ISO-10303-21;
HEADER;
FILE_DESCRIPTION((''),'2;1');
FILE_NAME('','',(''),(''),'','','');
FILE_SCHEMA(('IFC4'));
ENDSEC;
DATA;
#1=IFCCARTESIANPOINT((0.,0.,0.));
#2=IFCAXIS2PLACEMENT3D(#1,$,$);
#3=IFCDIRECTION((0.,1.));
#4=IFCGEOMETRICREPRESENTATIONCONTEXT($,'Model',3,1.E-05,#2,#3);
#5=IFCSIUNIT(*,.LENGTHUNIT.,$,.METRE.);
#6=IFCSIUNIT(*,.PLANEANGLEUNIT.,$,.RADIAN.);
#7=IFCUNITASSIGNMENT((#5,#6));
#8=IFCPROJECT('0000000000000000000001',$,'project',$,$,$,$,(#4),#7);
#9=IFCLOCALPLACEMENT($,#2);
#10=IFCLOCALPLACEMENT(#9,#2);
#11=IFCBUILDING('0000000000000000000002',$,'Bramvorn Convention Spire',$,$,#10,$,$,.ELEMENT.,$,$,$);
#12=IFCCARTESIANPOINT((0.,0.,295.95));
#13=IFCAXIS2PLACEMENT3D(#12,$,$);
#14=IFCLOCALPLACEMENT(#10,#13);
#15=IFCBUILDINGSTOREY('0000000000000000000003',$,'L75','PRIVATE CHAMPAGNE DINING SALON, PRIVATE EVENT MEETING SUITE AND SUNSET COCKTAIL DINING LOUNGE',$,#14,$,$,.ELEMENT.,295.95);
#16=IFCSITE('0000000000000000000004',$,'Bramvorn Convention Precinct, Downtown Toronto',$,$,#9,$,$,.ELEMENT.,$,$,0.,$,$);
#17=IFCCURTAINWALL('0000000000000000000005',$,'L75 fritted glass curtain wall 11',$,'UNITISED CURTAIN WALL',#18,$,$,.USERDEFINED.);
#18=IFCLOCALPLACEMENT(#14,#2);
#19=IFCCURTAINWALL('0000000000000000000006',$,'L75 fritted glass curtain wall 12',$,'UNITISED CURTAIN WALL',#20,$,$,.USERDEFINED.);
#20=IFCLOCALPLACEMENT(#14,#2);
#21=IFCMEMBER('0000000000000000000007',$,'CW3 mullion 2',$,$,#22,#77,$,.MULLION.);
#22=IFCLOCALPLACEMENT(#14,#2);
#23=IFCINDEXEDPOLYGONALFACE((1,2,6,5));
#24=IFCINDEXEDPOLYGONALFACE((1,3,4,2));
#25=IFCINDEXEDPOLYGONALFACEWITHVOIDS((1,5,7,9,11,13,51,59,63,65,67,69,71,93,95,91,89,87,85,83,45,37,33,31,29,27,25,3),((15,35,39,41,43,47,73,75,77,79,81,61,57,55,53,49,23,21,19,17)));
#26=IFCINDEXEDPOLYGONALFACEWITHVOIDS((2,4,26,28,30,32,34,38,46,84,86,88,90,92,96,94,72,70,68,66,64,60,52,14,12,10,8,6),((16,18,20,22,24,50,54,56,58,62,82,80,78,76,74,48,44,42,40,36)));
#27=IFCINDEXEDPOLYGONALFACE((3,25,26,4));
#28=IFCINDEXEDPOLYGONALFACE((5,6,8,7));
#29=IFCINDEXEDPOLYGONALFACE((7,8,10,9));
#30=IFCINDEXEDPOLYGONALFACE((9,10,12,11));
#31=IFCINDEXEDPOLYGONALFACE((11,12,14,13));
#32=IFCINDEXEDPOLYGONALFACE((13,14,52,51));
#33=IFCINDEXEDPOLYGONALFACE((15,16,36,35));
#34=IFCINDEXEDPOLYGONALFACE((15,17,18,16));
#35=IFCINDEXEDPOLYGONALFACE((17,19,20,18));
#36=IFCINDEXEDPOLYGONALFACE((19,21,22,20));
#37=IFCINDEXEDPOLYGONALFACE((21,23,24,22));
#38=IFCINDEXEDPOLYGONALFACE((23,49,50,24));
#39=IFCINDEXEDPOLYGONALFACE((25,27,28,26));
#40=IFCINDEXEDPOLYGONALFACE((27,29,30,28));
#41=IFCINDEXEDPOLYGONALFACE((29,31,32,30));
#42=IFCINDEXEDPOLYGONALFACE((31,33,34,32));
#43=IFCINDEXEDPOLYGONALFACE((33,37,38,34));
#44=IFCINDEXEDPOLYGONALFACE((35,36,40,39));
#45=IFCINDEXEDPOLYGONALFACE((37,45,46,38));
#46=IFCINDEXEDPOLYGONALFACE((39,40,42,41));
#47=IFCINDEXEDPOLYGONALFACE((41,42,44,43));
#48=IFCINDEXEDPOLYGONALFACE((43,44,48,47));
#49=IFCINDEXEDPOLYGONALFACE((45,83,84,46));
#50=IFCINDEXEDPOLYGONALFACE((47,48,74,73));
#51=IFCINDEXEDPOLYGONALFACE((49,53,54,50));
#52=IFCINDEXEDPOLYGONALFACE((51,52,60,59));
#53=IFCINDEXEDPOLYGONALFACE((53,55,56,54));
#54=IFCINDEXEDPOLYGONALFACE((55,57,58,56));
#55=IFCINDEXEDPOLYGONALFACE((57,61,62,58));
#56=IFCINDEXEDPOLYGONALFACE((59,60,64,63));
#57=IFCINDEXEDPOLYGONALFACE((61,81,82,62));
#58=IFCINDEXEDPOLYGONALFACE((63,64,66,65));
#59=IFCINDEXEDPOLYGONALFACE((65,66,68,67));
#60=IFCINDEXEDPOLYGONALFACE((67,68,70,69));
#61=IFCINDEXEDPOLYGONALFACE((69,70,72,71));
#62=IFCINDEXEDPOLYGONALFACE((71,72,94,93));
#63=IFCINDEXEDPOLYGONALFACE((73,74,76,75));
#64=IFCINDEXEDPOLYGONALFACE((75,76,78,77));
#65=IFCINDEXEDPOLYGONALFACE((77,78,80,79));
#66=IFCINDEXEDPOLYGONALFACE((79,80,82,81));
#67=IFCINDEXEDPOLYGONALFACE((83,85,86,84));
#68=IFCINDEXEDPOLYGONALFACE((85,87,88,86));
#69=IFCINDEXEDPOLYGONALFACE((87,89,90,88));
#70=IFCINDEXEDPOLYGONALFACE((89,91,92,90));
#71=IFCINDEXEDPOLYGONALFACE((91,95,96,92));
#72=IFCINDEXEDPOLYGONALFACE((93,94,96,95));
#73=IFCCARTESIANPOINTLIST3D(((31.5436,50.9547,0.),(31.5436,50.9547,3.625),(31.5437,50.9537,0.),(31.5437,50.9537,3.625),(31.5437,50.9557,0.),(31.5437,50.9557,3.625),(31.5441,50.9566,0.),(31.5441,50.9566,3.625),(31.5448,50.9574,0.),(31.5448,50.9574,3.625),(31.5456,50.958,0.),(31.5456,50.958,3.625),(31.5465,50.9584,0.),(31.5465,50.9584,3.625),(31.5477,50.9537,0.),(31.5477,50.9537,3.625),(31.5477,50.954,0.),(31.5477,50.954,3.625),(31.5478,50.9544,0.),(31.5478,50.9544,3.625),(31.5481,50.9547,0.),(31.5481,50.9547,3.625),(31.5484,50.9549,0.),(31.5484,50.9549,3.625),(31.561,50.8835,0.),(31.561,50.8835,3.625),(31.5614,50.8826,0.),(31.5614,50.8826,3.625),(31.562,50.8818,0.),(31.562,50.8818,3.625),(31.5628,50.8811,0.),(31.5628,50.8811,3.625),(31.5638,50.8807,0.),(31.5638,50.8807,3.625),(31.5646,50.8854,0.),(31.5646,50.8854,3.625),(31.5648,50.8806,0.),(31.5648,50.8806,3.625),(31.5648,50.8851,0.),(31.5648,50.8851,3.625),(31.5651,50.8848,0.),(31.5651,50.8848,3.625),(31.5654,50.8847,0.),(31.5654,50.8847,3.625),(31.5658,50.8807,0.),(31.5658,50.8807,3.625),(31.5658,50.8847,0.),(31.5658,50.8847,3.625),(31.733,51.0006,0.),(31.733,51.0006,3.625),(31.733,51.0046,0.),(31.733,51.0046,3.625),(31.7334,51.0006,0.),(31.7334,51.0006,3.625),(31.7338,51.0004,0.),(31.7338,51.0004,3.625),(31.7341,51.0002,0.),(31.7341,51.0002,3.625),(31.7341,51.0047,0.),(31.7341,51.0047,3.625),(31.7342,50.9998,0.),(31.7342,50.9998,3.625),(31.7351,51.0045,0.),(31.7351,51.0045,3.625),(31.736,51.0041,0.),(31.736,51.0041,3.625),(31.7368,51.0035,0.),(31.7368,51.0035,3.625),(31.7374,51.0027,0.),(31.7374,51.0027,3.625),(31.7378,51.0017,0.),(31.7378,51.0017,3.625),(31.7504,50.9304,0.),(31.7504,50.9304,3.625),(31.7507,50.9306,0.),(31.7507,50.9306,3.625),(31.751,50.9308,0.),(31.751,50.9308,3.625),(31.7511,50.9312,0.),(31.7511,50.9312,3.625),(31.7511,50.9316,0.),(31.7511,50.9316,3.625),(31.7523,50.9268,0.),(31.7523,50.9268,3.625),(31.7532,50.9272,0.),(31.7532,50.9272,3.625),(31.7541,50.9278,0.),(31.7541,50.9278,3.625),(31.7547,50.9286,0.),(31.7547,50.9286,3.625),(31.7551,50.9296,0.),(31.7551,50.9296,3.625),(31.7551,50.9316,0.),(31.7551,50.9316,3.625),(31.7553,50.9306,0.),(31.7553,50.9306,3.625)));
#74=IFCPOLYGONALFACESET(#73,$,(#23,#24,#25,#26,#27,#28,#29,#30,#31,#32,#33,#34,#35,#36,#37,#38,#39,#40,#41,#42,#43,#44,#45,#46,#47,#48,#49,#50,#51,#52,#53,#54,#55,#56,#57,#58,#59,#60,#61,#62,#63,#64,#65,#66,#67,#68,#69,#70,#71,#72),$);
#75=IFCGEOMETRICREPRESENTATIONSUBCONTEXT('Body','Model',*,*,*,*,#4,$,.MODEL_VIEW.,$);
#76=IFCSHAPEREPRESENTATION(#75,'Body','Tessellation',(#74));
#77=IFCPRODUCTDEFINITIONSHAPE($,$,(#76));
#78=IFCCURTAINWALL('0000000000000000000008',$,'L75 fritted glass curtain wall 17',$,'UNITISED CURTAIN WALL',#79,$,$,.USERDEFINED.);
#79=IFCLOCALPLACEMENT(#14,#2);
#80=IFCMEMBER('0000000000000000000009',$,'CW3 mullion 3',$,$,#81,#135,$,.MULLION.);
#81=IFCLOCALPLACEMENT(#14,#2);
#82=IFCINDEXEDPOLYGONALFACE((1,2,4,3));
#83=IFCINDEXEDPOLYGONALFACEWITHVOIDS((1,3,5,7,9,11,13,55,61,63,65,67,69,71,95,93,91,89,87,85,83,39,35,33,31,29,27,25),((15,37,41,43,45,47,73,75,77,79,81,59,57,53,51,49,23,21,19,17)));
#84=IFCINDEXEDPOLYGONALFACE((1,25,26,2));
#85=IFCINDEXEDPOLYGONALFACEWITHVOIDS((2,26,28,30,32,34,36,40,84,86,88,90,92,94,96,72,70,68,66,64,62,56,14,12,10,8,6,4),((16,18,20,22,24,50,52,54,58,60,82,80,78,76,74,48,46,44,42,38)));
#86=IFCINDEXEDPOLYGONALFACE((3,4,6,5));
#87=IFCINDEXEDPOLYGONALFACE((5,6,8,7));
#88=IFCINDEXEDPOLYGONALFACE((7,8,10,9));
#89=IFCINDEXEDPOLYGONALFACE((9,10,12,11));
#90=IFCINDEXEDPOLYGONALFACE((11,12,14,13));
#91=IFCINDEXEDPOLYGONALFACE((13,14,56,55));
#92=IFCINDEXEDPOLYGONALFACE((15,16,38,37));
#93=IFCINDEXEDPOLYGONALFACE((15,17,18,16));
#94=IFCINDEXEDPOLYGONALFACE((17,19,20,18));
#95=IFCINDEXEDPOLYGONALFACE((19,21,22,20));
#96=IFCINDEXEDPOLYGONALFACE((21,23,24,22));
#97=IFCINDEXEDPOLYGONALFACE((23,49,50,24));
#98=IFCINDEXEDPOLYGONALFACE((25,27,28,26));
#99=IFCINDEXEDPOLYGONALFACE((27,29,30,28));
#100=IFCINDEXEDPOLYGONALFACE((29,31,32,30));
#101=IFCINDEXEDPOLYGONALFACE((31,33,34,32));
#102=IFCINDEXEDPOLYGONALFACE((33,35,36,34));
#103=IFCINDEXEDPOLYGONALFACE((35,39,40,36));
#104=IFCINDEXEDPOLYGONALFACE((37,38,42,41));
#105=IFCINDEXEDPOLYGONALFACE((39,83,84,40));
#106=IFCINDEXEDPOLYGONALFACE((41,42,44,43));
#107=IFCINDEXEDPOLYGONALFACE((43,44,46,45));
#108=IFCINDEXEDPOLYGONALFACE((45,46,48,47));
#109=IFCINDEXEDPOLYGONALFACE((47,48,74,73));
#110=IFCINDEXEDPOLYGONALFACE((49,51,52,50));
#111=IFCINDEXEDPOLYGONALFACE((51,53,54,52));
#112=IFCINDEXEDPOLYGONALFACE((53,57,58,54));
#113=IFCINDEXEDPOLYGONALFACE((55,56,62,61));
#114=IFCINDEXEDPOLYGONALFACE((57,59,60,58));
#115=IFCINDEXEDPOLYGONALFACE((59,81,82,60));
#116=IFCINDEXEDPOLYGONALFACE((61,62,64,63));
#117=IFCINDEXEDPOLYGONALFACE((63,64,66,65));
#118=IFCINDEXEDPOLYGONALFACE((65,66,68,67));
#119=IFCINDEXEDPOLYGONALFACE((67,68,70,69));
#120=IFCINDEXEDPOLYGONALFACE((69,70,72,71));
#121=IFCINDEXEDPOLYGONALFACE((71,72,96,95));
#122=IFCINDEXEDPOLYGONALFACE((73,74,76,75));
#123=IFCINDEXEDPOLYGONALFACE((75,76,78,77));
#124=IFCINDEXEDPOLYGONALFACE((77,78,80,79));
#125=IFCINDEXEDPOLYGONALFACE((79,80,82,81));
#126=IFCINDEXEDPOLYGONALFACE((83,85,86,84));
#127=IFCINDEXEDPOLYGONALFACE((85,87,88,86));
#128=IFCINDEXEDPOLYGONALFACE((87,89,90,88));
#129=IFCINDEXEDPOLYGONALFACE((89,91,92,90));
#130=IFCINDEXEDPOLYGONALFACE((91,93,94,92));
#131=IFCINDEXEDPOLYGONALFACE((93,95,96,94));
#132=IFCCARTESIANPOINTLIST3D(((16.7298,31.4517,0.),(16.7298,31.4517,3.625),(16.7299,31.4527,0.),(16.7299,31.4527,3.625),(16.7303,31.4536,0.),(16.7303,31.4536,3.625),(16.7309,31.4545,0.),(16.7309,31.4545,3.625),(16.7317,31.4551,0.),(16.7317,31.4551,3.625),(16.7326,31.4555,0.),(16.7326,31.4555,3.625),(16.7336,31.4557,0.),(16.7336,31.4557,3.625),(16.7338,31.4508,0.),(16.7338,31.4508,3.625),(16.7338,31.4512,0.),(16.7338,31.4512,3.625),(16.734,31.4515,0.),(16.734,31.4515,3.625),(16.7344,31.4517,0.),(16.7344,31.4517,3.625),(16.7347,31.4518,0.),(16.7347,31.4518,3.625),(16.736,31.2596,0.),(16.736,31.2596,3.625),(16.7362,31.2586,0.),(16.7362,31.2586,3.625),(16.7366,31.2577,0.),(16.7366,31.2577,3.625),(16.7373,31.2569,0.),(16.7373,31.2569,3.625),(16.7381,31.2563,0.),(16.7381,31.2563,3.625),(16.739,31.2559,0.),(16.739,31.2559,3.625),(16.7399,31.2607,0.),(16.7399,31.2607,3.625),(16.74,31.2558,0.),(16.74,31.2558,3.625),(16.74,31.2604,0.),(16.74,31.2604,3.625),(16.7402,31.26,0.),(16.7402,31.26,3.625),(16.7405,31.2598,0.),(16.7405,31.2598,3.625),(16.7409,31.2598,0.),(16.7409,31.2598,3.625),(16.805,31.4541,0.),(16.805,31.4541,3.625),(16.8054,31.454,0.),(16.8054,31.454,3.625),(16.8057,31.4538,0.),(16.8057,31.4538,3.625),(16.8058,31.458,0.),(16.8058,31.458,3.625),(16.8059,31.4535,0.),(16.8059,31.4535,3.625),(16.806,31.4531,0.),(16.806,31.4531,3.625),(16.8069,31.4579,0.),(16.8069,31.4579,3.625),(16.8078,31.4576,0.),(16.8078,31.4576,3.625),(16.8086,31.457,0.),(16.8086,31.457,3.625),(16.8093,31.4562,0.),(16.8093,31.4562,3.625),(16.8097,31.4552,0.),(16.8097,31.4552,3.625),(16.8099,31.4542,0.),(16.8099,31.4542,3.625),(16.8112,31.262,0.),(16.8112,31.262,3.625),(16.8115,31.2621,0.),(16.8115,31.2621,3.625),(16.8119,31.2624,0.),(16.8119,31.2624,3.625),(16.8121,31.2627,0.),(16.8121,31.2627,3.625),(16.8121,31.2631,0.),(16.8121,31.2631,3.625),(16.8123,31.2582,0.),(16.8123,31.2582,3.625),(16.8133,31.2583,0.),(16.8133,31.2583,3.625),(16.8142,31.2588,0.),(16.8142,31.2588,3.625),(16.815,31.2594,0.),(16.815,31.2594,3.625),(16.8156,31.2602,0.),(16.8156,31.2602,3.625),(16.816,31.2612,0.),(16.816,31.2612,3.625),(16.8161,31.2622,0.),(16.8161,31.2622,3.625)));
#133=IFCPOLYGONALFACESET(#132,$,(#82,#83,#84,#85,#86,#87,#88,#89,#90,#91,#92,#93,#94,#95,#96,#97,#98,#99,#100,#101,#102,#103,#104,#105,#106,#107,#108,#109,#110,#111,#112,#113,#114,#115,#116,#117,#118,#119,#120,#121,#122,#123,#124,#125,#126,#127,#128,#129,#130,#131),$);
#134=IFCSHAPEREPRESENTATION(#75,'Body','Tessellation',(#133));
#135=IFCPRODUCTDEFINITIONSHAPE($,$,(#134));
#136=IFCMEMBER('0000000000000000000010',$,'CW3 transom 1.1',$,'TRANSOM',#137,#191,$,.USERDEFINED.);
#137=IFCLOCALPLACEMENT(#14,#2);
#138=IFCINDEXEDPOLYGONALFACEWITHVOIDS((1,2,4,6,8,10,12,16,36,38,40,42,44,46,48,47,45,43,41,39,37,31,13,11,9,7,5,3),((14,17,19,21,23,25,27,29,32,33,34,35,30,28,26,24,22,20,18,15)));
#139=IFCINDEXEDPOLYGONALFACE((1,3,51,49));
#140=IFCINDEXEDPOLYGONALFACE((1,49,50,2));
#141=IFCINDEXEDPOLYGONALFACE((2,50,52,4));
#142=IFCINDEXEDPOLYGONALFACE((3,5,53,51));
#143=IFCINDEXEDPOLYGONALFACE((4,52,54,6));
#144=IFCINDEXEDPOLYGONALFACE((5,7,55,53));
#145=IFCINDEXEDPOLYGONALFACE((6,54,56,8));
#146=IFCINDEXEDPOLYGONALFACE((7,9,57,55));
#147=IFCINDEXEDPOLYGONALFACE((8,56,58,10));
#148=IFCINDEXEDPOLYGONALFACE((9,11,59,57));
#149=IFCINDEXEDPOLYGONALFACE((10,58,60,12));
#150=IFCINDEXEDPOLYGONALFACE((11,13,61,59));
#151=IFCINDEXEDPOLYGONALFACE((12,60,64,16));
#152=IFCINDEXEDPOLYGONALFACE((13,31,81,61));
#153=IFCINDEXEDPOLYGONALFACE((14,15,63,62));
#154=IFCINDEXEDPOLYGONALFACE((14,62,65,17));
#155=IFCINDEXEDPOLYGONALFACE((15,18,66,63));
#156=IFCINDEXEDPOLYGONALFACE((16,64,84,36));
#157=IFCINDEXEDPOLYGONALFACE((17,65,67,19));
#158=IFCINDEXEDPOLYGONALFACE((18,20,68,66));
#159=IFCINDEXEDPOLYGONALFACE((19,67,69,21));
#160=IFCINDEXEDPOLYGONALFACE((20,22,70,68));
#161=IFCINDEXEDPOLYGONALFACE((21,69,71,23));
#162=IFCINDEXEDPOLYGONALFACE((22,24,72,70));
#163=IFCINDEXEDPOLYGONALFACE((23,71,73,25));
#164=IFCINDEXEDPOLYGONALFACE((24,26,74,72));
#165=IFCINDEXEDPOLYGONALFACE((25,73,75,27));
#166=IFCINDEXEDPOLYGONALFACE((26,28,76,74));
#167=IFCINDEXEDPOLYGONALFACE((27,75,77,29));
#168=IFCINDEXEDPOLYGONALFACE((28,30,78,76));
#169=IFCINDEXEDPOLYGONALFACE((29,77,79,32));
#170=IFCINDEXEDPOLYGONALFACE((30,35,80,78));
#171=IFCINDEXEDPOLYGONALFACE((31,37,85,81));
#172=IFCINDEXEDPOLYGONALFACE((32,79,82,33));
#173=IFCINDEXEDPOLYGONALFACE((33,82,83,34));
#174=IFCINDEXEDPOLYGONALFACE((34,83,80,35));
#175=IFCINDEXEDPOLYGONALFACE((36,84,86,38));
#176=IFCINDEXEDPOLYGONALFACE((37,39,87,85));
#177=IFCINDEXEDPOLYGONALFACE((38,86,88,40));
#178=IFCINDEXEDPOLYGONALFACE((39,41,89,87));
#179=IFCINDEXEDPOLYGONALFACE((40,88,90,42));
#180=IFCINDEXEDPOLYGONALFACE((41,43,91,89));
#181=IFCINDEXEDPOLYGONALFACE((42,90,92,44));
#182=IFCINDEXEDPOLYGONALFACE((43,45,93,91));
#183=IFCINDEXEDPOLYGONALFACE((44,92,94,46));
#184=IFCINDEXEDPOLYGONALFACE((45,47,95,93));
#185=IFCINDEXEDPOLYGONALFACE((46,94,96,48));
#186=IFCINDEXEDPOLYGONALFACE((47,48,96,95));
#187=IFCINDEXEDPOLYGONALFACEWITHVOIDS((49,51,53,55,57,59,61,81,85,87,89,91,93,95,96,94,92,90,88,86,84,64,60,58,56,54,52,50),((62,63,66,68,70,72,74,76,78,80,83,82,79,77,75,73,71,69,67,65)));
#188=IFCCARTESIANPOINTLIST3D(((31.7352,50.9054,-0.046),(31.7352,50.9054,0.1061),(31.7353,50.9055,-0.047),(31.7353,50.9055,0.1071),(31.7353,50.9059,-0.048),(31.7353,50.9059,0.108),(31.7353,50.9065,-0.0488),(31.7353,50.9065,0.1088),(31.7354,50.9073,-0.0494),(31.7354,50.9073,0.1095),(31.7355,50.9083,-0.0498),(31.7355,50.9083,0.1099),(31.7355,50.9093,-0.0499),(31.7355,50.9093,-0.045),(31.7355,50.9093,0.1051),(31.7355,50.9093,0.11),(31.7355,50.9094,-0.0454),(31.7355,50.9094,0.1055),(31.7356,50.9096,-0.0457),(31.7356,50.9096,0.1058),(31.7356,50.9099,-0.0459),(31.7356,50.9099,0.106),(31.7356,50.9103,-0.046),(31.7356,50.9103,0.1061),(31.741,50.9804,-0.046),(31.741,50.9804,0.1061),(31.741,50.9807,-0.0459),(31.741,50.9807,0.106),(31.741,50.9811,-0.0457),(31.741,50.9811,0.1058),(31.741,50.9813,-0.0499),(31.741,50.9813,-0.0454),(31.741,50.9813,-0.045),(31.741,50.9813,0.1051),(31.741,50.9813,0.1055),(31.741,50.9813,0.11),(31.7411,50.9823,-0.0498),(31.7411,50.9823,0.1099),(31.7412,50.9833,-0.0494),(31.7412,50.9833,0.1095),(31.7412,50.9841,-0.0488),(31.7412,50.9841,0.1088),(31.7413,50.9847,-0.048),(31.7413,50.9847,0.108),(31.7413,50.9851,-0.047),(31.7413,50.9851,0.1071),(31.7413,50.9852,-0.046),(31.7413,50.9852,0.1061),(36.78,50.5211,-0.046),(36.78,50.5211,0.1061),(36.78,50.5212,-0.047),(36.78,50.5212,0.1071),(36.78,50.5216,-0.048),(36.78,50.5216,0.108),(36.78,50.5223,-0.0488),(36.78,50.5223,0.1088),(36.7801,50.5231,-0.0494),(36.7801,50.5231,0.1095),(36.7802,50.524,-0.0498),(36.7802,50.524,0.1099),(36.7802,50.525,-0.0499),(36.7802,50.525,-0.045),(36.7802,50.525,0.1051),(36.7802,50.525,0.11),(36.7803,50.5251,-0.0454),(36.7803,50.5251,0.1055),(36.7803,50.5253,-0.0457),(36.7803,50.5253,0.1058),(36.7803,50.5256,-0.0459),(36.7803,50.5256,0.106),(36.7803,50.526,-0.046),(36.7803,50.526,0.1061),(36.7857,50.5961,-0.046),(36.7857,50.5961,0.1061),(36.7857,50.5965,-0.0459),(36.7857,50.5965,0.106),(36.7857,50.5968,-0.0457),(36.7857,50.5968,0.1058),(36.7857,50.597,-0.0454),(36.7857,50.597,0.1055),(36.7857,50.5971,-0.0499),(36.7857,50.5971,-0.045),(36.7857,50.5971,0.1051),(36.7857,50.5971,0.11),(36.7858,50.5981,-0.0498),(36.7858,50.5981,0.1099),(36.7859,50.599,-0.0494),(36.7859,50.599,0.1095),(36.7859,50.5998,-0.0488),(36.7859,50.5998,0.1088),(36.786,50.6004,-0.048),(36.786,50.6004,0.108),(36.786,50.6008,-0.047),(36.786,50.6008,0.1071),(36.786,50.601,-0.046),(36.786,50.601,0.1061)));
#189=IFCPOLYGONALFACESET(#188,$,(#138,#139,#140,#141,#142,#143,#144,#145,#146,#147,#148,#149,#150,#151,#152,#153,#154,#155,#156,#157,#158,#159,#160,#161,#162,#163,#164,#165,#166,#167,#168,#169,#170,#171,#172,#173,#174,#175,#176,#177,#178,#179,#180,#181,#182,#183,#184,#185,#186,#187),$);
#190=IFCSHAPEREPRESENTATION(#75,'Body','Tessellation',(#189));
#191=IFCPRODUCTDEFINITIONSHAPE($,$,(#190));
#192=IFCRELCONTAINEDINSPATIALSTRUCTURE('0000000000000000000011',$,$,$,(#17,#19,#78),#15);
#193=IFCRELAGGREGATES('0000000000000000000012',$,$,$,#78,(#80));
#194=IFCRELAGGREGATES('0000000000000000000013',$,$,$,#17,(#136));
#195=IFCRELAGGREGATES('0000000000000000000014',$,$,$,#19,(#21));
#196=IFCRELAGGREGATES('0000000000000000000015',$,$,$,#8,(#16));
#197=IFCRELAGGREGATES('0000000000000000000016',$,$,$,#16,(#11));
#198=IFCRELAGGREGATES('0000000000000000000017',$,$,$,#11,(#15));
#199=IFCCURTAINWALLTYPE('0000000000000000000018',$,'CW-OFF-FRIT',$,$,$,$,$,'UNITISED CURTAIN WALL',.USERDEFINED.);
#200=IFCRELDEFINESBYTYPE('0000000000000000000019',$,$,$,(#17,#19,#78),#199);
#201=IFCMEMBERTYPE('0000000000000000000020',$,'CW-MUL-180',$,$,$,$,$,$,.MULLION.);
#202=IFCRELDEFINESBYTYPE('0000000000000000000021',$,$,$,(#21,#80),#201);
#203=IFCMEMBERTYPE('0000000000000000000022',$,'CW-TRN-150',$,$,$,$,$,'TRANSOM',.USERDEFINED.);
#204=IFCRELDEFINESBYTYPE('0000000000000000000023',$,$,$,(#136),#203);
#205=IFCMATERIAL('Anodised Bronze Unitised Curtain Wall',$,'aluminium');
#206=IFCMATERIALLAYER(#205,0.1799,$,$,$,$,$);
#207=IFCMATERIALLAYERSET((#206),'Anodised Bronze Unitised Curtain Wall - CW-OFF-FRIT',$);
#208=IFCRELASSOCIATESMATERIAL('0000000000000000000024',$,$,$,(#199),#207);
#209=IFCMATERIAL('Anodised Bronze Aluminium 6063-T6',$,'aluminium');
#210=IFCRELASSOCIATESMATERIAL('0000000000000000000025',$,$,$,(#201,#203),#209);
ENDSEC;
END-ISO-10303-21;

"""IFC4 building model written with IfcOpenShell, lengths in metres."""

from ifc_helpers import new_model, si_unit, direction, frame, origin, origin_2d, place, context, subcontext, project, spatial, hollow_rectangle, extrude, material, layer, layer_set, material_profile, profile_set, type_object, element, aggregate, save


model = new_model("IFC4")

# Units and contexts
model_context = context("Model", 3, precision=1e-05, world=origin(), true_north=direction((0.0, 1.0)))
body_context = subcontext(model_context, "Body", "Model", "MODEL_VIEW")
ifc_project = project(units=[si_unit("LENGTHUNIT", "METRE"), si_unit("PLANEANGLEUNIT", "RADIAN")], contexts=[model_context])

# Site, building, storey
site_placement = place(None, origin())
site = spatial("IfcSite", under=ifc_project, at=site_placement, Name="Bramvorn Convention Precinct, Downtown Toronto", CompositionType="ELEMENT", RefElevation=0.0)
building_placement = place(site_placement, origin())
building = spatial("IfcBuilding", under=site, at=building_placement, Name="Bramvorn Convention Spire", CompositionType="ELEMENT")
storey_placement = place(building_placement, frame((0.0, 0.0, 295.95)))
storey = spatial("IfcBuildingStorey", under=building, at=storey_placement, Name="L75", Description="PRIVATE CHAMPAGNE DINING SALON, PRIVATE EVENT MEETING SUITE AND SUNSET COCKTAIL DINING LOUNGE", CompositionType="ELEMENT", Elevation=295.95)

# Curtain wall
ifc_material_1 = material(Name="Anodised Bronze Unitised Curtain Wall", Category="aluminium")
ifc_layer_1 = layer(ifc_material_1, 0.1799)
ifc_layer_set_1 = layer_set([ifc_layer_1], Name="Anodised Bronze Unitised Curtain Wall - CW-OFF-FRIT")
curtain_wall_type = type_object("IfcCurtainWallType", Name="CW-OFF-FRIT", ElementType="UNITISED CURTAIN WALL", PredefinedType="USERDEFINED", material=ifc_layer_set_1)
curtain_wall_1_placement = place(storey_placement, origin())
curtain_wall_1 = element("IfcCurtainWall", 1, at=curtain_wall_1_placement, inside=storey, type_object=curtain_wall_type, Name="L75 fritted glass curtain wall 11", ObjectType="UNITISED CURTAIN WALL", PredefinedType="USERDEFINED")
ifc_material_2 = material(Name="Anodised Bronze Aluminium 6063-T6", Category="aluminium")
ifc_material_profile_1 = material_profile(ifc_material_2, hollow_rectangle(XDim=0.0801, YDim=0.2, WallThickness=0.0039, InnerFilletRadius=0.001, OuterFilletRadius=0.0039, at=origin_2d()))
ifc_profile_set_1 = profile_set([ifc_material_profile_1], Name="Anodised Bronze Aluminium 6063-T6 - CWM80X200")
member_type_1 = type_object("IfcMemberType", Name="CW-MUL-180", PredefinedType="MULLION", material=ifc_profile_set_1)

# Curtain wall, member
curtain_wall_2_placement = place(storey_placement, origin())
curtain_wall_2 = element("IfcCurtainWall", 2, at=curtain_wall_2_placement, inside=storey, type_object=curtain_wall_type, Name="L75 fritted glass curtain wall 12", ObjectType="UNITISED CURTAIN WALL", PredefinedType="USERDEFINED")
member_1_placement = place(storey_placement, frame((31.6494, 50.9426, 0.0), z_axis=(0.0, 0.0, 1.0), x_axis=(-0.240289, 0.970701, 0.0)))
member_1 = element("IfcMember", 3, at=member_1_placement, type_object=member_type_1, Name="CW3 mullion 2", PredefinedType="MULLION", context=body_context, shape_type="SweptSolid", body=[
    extrude(hollow_rectangle(XDim=0.0801, YDim=0.2, WallThickness=0.0039, InnerFilletRadius=0.001, OuterFilletRadius=0.0039, at=origin_2d()), origin(), (0.0, 0.0, 1.0), 3.625),
])

# Curtain wall, member
curtain_wall_3_placement = place(storey_placement, origin())
curtain_wall_3 = element("IfcCurtainWall", 4, at=curtain_wall_3_placement, inside=storey, type_object=curtain_wall_type, Name="L75 fritted glass curtain wall 17", ObjectType="UNITISED CURTAIN WALL", PredefinedType="USERDEFINED")
member_2_placement = place(storey_placement, frame((16.7729, 31.3569, 0.0), z_axis=(0.0, 0.0, 1.0), x_axis=(-0.999483, -0.032147, 0.0)))
member_2 = element("IfcMember", 5, at=member_2_placement, type_object=member_type_1, Name="CW3 mullion 3", PredefinedType="MULLION", context=body_context, shape_type="SweptSolid", body=[
    extrude(hollow_rectangle(XDim=0.0801, YDim=0.2, WallThickness=0.0039, InnerFilletRadius=0.001, OuterFilletRadius=0.0039, at=origin_2d()), origin(), (0.0, 0.0, 1.0), 3.625),
])
aggregate(curtain_wall_3, [member_2])

# Member
ifc_material_profile_2 = material_profile(ifc_material_2, hollow_rectangle(XDim=0.0801, YDim=0.1599, WallThickness=0.0039, InnerFilletRadius=0.001, OuterFilletRadius=0.0039, at=origin_2d()))
ifc_profile_set_2 = profile_set([ifc_material_profile_2], Name="Anodised Bronze Aluminium 6063-T6 - CWT80X160")
member_type_2 = type_object("IfcMemberType", Name="CW-TRN-150", ElementType="TRANSOM", PredefinedType="USERDEFINED", material=ifc_profile_set_2)
member_3_placement = place(storey_placement, frame((31.7383, 50.9453, 0.03), z_axis=(0.997111, -0.075955, 0.0), x_axis=(0.075955, 0.997111, 0.0)))
member_3 = element("IfcMember", 6, at=member_3_placement, type_object=member_type_2, Name="CW3 transom 1.1", ObjectType="TRANSOM", PredefinedType="USERDEFINED", context=body_context, shape_type="SweptSolid", body=[
    extrude(hollow_rectangle(XDim=0.0801, YDim=0.1599, WallThickness=0.0039, InnerFilletRadius=0.001, OuterFilletRadius=0.0039, at=origin_2d()), origin(), (0.0, 0.0, 1.0), 5.0593),
])

aggregate(curtain_wall_1, [member_3])
aggregate(curtain_wall_2, [member_1])

save(model, "model.ifc")
